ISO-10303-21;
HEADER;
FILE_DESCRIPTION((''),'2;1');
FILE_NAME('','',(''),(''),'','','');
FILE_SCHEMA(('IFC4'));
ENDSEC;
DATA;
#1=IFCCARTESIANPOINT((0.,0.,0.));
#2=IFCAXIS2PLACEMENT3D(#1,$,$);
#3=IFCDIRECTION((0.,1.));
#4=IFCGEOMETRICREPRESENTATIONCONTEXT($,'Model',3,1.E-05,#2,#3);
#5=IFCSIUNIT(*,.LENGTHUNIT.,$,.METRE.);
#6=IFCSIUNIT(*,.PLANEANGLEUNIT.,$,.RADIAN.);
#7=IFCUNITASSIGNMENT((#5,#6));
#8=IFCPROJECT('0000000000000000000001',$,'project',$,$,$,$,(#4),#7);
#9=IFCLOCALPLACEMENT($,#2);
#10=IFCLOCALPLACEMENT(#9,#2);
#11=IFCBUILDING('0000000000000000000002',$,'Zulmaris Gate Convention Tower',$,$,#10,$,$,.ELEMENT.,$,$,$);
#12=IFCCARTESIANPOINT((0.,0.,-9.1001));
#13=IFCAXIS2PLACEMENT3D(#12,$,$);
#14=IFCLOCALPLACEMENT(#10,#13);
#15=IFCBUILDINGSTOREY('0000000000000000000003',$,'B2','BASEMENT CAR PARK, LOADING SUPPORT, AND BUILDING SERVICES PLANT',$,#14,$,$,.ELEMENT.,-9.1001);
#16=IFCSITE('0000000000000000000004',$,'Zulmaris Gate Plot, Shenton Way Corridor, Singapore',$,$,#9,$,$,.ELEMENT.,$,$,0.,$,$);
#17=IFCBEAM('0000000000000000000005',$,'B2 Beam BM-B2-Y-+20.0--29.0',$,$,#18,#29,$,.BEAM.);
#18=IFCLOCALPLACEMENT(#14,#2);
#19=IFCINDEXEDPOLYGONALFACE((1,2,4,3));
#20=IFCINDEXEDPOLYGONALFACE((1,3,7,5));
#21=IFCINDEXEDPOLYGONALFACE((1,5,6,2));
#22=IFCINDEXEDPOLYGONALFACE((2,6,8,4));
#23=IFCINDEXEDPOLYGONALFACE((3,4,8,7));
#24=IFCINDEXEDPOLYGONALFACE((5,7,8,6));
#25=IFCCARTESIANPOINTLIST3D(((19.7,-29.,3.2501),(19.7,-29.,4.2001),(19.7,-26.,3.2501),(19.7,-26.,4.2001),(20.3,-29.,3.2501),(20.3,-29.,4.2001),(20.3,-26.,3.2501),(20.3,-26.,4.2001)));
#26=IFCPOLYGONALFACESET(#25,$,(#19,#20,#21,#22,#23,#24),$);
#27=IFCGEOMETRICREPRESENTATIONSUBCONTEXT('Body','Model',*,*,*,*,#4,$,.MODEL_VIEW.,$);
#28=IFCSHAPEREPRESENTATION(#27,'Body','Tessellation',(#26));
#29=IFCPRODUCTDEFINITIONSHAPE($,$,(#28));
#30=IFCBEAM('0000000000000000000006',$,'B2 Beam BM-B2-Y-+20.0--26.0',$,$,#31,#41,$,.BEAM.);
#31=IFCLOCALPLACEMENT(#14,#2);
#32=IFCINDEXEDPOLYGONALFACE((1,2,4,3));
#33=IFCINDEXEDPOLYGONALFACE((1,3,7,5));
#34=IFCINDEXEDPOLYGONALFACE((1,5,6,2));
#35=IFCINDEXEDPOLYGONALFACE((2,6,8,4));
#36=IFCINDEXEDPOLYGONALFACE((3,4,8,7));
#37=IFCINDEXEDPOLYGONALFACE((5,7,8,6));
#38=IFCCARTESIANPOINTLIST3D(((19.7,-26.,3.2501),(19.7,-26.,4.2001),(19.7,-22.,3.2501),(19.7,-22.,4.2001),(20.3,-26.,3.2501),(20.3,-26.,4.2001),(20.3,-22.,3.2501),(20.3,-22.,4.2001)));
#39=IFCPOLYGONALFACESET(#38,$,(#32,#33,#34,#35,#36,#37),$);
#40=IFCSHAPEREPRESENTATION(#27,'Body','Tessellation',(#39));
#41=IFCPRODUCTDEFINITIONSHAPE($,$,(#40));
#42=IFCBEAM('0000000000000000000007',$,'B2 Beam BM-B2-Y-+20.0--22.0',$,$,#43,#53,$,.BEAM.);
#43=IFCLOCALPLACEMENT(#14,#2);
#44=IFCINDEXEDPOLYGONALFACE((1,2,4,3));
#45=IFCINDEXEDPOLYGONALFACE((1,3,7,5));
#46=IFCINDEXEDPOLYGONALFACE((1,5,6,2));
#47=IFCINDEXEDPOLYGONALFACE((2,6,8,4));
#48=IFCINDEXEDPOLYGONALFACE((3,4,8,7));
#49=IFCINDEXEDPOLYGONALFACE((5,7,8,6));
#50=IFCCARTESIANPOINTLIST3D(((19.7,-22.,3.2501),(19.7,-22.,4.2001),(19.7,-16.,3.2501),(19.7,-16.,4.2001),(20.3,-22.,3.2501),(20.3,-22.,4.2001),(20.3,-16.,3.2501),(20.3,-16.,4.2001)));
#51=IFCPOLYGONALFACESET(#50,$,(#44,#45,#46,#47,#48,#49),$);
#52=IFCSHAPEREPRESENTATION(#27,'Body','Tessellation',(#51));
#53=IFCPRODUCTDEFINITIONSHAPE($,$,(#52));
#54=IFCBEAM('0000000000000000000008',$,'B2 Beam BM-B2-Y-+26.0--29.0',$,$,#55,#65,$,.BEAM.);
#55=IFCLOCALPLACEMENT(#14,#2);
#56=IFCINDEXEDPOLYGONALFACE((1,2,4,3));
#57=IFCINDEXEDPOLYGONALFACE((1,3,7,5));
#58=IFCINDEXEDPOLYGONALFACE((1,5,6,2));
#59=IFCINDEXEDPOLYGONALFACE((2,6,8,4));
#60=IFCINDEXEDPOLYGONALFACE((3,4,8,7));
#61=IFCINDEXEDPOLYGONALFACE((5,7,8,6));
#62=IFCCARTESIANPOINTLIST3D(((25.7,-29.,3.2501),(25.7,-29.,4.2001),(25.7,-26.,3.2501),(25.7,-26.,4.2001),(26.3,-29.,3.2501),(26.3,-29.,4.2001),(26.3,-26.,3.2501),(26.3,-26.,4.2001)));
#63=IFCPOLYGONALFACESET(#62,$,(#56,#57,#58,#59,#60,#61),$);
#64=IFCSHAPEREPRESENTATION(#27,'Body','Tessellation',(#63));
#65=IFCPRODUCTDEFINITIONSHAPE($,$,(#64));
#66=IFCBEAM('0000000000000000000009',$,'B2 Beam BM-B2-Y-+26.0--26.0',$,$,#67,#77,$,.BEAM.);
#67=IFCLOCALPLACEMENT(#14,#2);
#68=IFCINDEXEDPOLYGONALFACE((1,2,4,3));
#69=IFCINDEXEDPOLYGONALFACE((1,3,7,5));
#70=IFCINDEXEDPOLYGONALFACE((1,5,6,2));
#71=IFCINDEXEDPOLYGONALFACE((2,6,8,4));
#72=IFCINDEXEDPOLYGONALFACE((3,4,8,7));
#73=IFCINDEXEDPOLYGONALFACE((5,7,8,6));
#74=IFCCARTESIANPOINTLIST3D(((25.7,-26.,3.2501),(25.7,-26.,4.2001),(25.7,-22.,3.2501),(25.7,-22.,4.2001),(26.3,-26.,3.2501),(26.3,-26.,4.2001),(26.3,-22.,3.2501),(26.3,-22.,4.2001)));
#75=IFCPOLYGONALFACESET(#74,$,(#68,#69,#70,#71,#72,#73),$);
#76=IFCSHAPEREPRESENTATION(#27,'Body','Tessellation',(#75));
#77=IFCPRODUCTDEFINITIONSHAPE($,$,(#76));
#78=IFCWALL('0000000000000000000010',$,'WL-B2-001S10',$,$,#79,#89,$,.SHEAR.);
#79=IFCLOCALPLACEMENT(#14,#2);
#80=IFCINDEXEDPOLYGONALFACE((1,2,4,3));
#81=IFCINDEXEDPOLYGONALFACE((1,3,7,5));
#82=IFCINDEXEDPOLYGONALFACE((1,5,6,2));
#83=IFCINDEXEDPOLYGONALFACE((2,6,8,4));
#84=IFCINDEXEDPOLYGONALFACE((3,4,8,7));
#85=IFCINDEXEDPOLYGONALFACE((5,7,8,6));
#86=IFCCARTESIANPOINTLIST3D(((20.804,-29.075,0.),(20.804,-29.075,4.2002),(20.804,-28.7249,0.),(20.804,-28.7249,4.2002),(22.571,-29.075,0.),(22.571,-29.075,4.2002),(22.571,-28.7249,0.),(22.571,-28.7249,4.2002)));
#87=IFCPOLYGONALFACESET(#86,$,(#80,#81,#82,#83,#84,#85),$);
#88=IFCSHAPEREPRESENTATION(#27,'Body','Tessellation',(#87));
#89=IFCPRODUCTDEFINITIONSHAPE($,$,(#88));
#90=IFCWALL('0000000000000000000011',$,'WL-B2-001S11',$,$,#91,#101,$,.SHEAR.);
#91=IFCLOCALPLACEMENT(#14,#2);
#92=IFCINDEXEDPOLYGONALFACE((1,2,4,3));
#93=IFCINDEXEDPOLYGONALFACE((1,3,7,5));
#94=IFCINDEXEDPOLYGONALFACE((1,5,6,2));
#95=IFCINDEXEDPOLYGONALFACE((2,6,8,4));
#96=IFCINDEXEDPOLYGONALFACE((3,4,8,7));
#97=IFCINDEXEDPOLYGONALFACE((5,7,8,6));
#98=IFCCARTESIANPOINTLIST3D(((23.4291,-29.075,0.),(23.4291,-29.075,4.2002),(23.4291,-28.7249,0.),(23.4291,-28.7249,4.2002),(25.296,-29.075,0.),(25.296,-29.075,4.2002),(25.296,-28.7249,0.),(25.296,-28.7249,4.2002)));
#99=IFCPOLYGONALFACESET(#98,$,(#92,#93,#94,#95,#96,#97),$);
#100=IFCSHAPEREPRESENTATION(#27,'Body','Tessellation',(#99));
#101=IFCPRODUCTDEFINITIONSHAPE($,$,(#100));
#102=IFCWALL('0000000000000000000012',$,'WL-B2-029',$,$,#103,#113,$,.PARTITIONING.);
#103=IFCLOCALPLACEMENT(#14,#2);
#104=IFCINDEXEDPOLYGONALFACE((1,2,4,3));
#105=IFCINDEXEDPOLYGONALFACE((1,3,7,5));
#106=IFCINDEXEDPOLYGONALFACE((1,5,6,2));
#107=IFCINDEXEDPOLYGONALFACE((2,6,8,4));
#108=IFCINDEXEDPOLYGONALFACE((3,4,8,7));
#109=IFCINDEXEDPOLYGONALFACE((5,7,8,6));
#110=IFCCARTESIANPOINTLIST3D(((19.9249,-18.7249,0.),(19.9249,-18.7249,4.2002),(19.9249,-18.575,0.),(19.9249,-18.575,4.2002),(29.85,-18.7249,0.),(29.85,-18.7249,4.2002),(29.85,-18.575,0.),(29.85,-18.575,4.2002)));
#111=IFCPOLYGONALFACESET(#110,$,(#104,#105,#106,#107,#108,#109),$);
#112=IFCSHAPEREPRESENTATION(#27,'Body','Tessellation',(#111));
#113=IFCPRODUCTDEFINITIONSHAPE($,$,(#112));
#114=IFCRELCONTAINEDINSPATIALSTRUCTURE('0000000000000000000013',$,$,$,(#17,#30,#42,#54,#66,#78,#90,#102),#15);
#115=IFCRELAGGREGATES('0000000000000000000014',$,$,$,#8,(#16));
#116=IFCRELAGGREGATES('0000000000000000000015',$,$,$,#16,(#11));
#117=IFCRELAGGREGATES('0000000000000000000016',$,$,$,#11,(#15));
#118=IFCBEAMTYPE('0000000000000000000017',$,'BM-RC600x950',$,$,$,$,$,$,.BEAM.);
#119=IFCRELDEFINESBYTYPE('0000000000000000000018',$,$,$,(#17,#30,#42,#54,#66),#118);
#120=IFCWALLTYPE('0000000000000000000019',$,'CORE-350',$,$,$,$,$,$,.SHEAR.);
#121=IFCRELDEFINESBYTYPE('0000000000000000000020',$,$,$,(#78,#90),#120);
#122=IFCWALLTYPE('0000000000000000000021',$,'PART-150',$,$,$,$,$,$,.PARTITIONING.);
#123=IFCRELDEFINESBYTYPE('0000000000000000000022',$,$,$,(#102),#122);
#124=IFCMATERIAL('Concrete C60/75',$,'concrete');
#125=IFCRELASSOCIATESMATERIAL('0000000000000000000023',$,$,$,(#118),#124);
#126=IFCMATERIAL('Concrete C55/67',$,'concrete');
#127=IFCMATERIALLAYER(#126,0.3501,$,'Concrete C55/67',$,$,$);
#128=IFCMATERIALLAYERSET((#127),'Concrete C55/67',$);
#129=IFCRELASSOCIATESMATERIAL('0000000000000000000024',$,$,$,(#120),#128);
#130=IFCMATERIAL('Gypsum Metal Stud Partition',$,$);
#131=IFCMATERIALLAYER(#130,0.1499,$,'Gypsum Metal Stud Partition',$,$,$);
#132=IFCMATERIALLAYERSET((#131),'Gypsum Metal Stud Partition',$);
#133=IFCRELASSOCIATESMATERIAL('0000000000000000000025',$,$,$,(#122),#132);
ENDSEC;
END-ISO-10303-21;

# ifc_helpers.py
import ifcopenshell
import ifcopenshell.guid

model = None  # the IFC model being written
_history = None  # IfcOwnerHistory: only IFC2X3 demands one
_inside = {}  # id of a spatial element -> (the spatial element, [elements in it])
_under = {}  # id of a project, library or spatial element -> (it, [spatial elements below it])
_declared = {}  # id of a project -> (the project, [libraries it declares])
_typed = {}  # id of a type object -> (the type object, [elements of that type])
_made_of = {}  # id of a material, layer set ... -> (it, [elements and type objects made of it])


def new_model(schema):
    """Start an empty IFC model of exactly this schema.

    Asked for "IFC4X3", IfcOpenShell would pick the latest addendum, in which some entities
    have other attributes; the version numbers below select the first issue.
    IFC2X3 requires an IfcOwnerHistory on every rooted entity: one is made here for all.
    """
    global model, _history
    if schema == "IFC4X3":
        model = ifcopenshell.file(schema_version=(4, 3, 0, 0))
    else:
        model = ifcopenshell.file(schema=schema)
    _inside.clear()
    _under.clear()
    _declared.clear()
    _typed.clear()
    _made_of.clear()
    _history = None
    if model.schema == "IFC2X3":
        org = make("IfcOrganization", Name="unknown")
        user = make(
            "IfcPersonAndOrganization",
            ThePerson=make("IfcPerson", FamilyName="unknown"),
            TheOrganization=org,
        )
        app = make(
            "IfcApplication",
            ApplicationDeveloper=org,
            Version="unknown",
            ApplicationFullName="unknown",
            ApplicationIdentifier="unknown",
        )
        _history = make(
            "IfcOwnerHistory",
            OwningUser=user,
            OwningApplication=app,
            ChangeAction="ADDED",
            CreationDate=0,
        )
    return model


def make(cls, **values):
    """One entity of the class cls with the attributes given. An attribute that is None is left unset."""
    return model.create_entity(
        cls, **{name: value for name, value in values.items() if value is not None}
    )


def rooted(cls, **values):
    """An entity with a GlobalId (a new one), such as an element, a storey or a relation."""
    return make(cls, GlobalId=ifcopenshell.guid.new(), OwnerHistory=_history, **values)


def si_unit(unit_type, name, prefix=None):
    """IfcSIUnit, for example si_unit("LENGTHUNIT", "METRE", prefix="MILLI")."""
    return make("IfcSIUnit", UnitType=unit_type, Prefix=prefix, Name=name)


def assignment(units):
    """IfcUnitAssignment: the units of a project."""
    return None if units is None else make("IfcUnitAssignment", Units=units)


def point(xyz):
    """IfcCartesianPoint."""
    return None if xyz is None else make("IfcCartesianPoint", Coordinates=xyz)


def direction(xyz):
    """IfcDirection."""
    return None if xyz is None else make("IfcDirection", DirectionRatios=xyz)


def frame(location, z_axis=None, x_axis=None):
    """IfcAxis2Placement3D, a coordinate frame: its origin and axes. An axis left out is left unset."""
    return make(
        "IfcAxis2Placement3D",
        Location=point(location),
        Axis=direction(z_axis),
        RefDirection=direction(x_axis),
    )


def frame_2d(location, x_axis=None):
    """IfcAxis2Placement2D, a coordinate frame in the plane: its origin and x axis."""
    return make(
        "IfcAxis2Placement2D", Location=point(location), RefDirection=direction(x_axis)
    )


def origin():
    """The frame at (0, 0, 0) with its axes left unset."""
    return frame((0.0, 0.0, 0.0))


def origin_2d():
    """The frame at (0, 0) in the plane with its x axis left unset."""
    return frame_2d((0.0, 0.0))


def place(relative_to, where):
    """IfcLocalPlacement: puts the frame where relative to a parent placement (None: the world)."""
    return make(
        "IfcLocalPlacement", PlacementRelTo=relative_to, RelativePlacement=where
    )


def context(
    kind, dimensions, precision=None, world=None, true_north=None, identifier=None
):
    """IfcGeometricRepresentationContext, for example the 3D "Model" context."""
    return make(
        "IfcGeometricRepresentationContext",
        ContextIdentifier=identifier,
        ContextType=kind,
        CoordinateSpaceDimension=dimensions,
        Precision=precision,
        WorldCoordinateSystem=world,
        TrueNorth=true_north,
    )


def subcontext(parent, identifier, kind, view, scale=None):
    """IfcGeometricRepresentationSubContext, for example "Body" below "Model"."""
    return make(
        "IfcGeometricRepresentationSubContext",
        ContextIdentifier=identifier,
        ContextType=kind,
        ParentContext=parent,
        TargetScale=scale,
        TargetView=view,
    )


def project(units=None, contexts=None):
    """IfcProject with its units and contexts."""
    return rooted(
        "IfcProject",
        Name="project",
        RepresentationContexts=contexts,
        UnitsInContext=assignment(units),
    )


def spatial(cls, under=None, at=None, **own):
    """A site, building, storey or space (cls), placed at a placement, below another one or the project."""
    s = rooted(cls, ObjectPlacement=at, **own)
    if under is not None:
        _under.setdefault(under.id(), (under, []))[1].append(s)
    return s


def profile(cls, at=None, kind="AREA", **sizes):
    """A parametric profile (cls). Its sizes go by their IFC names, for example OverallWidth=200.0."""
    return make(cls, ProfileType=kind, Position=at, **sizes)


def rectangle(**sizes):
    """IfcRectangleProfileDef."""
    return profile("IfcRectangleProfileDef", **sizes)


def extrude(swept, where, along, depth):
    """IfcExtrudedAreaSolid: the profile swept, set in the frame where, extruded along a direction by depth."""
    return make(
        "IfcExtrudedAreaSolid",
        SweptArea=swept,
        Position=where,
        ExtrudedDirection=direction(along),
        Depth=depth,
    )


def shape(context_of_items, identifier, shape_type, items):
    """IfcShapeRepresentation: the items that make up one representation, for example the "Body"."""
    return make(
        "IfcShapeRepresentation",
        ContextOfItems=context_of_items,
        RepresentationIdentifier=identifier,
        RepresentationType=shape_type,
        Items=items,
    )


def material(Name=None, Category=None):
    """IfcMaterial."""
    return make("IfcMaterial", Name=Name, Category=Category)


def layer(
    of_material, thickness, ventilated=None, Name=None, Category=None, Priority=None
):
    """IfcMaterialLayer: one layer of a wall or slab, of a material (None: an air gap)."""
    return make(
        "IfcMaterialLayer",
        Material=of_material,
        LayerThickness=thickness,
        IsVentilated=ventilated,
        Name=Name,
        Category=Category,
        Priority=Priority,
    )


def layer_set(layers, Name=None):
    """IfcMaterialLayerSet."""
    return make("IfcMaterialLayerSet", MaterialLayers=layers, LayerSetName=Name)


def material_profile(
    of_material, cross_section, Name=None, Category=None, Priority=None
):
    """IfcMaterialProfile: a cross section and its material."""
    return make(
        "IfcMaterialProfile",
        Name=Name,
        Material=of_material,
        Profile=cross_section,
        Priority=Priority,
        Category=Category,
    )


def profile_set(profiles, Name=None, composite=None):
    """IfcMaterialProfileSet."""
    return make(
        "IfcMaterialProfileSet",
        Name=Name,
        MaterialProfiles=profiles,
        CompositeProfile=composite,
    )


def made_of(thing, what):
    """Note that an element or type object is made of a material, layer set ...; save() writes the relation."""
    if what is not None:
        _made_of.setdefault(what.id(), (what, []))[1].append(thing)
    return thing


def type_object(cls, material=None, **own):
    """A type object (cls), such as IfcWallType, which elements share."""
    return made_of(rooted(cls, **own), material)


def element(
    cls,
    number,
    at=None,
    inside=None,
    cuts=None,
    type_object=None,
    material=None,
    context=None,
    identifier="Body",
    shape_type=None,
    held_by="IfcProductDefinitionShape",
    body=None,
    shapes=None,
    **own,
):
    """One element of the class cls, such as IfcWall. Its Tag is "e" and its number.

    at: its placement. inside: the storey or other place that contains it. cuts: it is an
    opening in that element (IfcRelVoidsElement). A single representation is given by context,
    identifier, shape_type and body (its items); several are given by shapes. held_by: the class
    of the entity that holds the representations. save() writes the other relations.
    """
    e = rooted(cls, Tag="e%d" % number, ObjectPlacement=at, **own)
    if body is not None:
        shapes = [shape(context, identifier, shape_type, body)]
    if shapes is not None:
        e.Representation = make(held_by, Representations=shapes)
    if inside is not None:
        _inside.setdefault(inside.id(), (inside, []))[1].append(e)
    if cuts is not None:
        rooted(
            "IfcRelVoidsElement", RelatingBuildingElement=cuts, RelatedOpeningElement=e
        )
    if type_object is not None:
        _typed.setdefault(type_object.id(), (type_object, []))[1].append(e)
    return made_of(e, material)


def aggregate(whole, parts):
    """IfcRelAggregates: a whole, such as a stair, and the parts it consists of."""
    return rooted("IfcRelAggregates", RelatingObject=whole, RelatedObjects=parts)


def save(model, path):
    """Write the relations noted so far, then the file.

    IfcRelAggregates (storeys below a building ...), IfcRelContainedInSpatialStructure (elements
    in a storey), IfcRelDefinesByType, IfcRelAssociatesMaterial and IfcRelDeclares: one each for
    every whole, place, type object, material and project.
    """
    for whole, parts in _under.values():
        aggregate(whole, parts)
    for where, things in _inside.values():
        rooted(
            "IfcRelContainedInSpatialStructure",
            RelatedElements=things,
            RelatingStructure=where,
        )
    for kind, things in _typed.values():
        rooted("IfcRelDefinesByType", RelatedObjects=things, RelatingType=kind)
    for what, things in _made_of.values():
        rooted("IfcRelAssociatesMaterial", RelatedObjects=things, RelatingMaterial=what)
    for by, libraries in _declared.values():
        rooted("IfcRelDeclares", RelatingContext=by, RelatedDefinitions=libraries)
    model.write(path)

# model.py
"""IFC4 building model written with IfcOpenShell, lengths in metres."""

from ifc_helpers import new_model, si_unit, direction, frame, frame_2d, origin, origin_2d, place, context, subcontext, project, spatial, rectangle, extrude, material, layer, layer_set, material_profile, profile_set, type_object, element, save


model = new_model("IFC4")

# Units and contexts
model_context = context("Model", 3, precision=1e-05, world=origin(), true_north=direction((0.0, 1.0)))
body_context = subcontext(model_context, "Body", "Model", "MODEL_VIEW")
ifc_project = project(units=[si_unit("LENGTHUNIT", "METRE"), si_unit("PLANEANGLEUNIT", "RADIAN")], contexts=[model_context])

# Site, building, storey
site_placement = place(None, origin())
site = spatial("IfcSite", under=ifc_project, at=site_placement, Name="Zulmaris Gate Plot, Shenton Way Corridor, Singapore", CompositionType="ELEMENT", RefElevation=0.0)
building_placement = place(site_placement, origin())
building = spatial("IfcBuilding", under=site, at=building_placement, Name="Zulmaris Gate Convention Tower", CompositionType="ELEMENT")
storey_placement = place(building_placement, frame((0.0, 0.0, -9.1001)))
storey = spatial("IfcBuildingStorey", under=building, at=storey_placement, Name="B2", Description="BASEMENT CAR PARK, LOADING SUPPORT, AND BUILDING SERVICES PLANT", CompositionType="ELEMENT", Elevation=-9.1001)

# Beams
ifc_material_1 = material(Name="Concrete C60/75", Category="concrete")
ifc_material_profile_1 = material_profile(ifc_material_1, rectangle(XDim=0.6001, YDim=0.95, at=origin_2d()), Name="RC BEAM 600x950")
ifc_profile_set_1 = profile_set([ifc_material_profile_1], Name="Concrete C60/75")
beam_type = type_object("IfcBeamType", Name="BM-RC600x950", PredefinedType="BEAM", material=ifc_profile_set_1)
beam_1_placement = place(storey_placement, frame((20.0, -29.0, 3.7251), z_axis=(0.0, 1.0, 0.0), x_axis=(-1.0, 0.0, 0.0)))
element("IfcBeam", 1, at=beam_1_placement, inside=storey, type_object=beam_type, Name="B2 Beam BM-B2-Y-+20.0--29.0", PredefinedType="BEAM", context=body_context, shape_type="SweptSolid", body=[
    extrude(rectangle(XDim=0.6001, YDim=0.95, at=origin_2d()), origin(), (0.0, 0.0, 1.0), 3.0),
])
beam_2_placement = place(storey_placement, frame((20.0, -26.0, 3.7251), z_axis=(0.0, 1.0, 0.0), x_axis=(-1.0, 0.0, 0.0)))
element("IfcBeam", 2, at=beam_2_placement, inside=storey, type_object=beam_type, Name="B2 Beam BM-B2-Y-+20.0--26.0", PredefinedType="BEAM", context=body_context, shape_type="SweptSolid", body=[
    extrude(rectangle(XDim=0.6001, YDim=0.95, at=origin_2d()), origin(), (0.0, 0.0, 1.0), 4.0),
])
beam_3_placement = place(storey_placement, frame((20.0, -22.0, 3.7251), z_axis=(0.0, 1.0, 0.0), x_axis=(-1.0, 0.0, 0.0)))
element("IfcBeam", 3, at=beam_3_placement, inside=storey, type_object=beam_type, Name="B2 Beam BM-B2-Y-+20.0--22.0", PredefinedType="BEAM", context=body_context, shape_type="SweptSolid", body=[
    extrude(rectangle(XDim=0.6001, YDim=0.95, at=origin_2d()), origin(), (0.0, 0.0, 1.0), 6.0),
])
beam_4_placement = place(storey_placement, frame((26.0, -29.0, 3.7251), z_axis=(0.0, 1.0, 0.0), x_axis=(-1.0, 0.0, 0.0)))
element("IfcBeam", 4, at=beam_4_placement, inside=storey, type_object=beam_type, Name="B2 Beam BM-B2-Y-+26.0--29.0", PredefinedType="BEAM", context=body_context, shape_type="SweptSolid", body=[
    extrude(rectangle(XDim=0.6001, YDim=0.95, at=origin_2d()), origin(), (0.0, 0.0, 1.0), 3.0),
])
beam_5_placement = place(storey_placement, frame((26.0, -26.0, 3.7251), z_axis=(0.0, 1.0, 0.0), x_axis=(-1.0, 0.0, 0.0)))
element("IfcBeam", 5, at=beam_5_placement, inside=storey, type_object=beam_type, Name="B2 Beam BM-B2-Y-+26.0--26.0", PredefinedType="BEAM", context=body_context, shape_type="SweptSolid", body=[
    extrude(rectangle(XDim=0.6001, YDim=0.95, at=origin_2d()), origin(), (0.0, 0.0, 1.0), 4.0),
])

# Walls
ifc_material_2 = material(Name="Concrete C55/67", Category="concrete")
ifc_layer_1 = layer(ifc_material_2, 0.3501, Name="Concrete C55/67")
ifc_layer_set_1 = layer_set([ifc_layer_1], Name="Concrete C55/67")
wall_type_1 = type_object("IfcWallType", Name="CORE-350", PredefinedType="SHEAR", material=ifc_layer_set_1)
wall_1_placement = place(storey_placement, frame((20.804, -28.8999, 0.0), z_axis=(0.0, 0.0, 1.0), x_axis=(1.0, 0.0, 0.0)))
element("IfcWall", 6, at=wall_1_placement, inside=storey, type_object=wall_type_1, Name="WL-B2-001S10", PredefinedType="SHEAR", context=body_context, shape_type="SweptSolid", body=[
    extrude(rectangle(XDim=1.7671, YDim=0.3501, at=frame_2d((0.8835, 0.0))), origin(), (0.0, 0.0, 1.0), 4.2002),
])
wall_2_placement = place(storey_placement, frame((23.429, -28.8999, 0.0), z_axis=(0.0, 0.0, 1.0), x_axis=(1.0, 0.0, 0.0)))
element("IfcWall", 7, at=wall_2_placement, inside=storey, type_object=wall_type_1, Name="WL-B2-001S11", PredefinedType="SHEAR", context=body_context, shape_type="SweptSolid", body=[
    extrude(rectangle(XDim=1.8669, YDim=0.3501, at=frame_2d((0.9336, 0.0))), origin(), (0.0, 0.0, 1.0), 4.2002),
])
ifc_material_3 = material(Name="Gypsum Metal Stud Partition")
ifc_layer_2 = layer(ifc_material_3, 0.1499, Name="Gypsum Metal Stud Partition")
ifc_layer_set_2 = layer_set([ifc_layer_2], Name="Gypsum Metal Stud Partition")
wall_type_2 = type_object("IfcWallType", Name="PART-150", PredefinedType="PARTITIONING", material=ifc_layer_set_2)
wall_3_placement = place(storey_placement, frame((19.925, -18.6499, 0.0), z_axis=(0.0, 0.0, 1.0), x_axis=(1.0, 0.0, 0.0)))
element("IfcWall", 8, at=wall_3_placement, inside=storey, type_object=wall_type_2, Name="WL-B2-029", PredefinedType="PARTITIONING", context=body_context, shape_type="SweptSolid", body=[
    extrude(rectangle(XDim=9.925, YDim=0.1499, at=frame_2d((4.9624, 0.0))), origin(), (0.0, 0.0, 1.0), 4.2002),
])

save(model, "model.ifc")
